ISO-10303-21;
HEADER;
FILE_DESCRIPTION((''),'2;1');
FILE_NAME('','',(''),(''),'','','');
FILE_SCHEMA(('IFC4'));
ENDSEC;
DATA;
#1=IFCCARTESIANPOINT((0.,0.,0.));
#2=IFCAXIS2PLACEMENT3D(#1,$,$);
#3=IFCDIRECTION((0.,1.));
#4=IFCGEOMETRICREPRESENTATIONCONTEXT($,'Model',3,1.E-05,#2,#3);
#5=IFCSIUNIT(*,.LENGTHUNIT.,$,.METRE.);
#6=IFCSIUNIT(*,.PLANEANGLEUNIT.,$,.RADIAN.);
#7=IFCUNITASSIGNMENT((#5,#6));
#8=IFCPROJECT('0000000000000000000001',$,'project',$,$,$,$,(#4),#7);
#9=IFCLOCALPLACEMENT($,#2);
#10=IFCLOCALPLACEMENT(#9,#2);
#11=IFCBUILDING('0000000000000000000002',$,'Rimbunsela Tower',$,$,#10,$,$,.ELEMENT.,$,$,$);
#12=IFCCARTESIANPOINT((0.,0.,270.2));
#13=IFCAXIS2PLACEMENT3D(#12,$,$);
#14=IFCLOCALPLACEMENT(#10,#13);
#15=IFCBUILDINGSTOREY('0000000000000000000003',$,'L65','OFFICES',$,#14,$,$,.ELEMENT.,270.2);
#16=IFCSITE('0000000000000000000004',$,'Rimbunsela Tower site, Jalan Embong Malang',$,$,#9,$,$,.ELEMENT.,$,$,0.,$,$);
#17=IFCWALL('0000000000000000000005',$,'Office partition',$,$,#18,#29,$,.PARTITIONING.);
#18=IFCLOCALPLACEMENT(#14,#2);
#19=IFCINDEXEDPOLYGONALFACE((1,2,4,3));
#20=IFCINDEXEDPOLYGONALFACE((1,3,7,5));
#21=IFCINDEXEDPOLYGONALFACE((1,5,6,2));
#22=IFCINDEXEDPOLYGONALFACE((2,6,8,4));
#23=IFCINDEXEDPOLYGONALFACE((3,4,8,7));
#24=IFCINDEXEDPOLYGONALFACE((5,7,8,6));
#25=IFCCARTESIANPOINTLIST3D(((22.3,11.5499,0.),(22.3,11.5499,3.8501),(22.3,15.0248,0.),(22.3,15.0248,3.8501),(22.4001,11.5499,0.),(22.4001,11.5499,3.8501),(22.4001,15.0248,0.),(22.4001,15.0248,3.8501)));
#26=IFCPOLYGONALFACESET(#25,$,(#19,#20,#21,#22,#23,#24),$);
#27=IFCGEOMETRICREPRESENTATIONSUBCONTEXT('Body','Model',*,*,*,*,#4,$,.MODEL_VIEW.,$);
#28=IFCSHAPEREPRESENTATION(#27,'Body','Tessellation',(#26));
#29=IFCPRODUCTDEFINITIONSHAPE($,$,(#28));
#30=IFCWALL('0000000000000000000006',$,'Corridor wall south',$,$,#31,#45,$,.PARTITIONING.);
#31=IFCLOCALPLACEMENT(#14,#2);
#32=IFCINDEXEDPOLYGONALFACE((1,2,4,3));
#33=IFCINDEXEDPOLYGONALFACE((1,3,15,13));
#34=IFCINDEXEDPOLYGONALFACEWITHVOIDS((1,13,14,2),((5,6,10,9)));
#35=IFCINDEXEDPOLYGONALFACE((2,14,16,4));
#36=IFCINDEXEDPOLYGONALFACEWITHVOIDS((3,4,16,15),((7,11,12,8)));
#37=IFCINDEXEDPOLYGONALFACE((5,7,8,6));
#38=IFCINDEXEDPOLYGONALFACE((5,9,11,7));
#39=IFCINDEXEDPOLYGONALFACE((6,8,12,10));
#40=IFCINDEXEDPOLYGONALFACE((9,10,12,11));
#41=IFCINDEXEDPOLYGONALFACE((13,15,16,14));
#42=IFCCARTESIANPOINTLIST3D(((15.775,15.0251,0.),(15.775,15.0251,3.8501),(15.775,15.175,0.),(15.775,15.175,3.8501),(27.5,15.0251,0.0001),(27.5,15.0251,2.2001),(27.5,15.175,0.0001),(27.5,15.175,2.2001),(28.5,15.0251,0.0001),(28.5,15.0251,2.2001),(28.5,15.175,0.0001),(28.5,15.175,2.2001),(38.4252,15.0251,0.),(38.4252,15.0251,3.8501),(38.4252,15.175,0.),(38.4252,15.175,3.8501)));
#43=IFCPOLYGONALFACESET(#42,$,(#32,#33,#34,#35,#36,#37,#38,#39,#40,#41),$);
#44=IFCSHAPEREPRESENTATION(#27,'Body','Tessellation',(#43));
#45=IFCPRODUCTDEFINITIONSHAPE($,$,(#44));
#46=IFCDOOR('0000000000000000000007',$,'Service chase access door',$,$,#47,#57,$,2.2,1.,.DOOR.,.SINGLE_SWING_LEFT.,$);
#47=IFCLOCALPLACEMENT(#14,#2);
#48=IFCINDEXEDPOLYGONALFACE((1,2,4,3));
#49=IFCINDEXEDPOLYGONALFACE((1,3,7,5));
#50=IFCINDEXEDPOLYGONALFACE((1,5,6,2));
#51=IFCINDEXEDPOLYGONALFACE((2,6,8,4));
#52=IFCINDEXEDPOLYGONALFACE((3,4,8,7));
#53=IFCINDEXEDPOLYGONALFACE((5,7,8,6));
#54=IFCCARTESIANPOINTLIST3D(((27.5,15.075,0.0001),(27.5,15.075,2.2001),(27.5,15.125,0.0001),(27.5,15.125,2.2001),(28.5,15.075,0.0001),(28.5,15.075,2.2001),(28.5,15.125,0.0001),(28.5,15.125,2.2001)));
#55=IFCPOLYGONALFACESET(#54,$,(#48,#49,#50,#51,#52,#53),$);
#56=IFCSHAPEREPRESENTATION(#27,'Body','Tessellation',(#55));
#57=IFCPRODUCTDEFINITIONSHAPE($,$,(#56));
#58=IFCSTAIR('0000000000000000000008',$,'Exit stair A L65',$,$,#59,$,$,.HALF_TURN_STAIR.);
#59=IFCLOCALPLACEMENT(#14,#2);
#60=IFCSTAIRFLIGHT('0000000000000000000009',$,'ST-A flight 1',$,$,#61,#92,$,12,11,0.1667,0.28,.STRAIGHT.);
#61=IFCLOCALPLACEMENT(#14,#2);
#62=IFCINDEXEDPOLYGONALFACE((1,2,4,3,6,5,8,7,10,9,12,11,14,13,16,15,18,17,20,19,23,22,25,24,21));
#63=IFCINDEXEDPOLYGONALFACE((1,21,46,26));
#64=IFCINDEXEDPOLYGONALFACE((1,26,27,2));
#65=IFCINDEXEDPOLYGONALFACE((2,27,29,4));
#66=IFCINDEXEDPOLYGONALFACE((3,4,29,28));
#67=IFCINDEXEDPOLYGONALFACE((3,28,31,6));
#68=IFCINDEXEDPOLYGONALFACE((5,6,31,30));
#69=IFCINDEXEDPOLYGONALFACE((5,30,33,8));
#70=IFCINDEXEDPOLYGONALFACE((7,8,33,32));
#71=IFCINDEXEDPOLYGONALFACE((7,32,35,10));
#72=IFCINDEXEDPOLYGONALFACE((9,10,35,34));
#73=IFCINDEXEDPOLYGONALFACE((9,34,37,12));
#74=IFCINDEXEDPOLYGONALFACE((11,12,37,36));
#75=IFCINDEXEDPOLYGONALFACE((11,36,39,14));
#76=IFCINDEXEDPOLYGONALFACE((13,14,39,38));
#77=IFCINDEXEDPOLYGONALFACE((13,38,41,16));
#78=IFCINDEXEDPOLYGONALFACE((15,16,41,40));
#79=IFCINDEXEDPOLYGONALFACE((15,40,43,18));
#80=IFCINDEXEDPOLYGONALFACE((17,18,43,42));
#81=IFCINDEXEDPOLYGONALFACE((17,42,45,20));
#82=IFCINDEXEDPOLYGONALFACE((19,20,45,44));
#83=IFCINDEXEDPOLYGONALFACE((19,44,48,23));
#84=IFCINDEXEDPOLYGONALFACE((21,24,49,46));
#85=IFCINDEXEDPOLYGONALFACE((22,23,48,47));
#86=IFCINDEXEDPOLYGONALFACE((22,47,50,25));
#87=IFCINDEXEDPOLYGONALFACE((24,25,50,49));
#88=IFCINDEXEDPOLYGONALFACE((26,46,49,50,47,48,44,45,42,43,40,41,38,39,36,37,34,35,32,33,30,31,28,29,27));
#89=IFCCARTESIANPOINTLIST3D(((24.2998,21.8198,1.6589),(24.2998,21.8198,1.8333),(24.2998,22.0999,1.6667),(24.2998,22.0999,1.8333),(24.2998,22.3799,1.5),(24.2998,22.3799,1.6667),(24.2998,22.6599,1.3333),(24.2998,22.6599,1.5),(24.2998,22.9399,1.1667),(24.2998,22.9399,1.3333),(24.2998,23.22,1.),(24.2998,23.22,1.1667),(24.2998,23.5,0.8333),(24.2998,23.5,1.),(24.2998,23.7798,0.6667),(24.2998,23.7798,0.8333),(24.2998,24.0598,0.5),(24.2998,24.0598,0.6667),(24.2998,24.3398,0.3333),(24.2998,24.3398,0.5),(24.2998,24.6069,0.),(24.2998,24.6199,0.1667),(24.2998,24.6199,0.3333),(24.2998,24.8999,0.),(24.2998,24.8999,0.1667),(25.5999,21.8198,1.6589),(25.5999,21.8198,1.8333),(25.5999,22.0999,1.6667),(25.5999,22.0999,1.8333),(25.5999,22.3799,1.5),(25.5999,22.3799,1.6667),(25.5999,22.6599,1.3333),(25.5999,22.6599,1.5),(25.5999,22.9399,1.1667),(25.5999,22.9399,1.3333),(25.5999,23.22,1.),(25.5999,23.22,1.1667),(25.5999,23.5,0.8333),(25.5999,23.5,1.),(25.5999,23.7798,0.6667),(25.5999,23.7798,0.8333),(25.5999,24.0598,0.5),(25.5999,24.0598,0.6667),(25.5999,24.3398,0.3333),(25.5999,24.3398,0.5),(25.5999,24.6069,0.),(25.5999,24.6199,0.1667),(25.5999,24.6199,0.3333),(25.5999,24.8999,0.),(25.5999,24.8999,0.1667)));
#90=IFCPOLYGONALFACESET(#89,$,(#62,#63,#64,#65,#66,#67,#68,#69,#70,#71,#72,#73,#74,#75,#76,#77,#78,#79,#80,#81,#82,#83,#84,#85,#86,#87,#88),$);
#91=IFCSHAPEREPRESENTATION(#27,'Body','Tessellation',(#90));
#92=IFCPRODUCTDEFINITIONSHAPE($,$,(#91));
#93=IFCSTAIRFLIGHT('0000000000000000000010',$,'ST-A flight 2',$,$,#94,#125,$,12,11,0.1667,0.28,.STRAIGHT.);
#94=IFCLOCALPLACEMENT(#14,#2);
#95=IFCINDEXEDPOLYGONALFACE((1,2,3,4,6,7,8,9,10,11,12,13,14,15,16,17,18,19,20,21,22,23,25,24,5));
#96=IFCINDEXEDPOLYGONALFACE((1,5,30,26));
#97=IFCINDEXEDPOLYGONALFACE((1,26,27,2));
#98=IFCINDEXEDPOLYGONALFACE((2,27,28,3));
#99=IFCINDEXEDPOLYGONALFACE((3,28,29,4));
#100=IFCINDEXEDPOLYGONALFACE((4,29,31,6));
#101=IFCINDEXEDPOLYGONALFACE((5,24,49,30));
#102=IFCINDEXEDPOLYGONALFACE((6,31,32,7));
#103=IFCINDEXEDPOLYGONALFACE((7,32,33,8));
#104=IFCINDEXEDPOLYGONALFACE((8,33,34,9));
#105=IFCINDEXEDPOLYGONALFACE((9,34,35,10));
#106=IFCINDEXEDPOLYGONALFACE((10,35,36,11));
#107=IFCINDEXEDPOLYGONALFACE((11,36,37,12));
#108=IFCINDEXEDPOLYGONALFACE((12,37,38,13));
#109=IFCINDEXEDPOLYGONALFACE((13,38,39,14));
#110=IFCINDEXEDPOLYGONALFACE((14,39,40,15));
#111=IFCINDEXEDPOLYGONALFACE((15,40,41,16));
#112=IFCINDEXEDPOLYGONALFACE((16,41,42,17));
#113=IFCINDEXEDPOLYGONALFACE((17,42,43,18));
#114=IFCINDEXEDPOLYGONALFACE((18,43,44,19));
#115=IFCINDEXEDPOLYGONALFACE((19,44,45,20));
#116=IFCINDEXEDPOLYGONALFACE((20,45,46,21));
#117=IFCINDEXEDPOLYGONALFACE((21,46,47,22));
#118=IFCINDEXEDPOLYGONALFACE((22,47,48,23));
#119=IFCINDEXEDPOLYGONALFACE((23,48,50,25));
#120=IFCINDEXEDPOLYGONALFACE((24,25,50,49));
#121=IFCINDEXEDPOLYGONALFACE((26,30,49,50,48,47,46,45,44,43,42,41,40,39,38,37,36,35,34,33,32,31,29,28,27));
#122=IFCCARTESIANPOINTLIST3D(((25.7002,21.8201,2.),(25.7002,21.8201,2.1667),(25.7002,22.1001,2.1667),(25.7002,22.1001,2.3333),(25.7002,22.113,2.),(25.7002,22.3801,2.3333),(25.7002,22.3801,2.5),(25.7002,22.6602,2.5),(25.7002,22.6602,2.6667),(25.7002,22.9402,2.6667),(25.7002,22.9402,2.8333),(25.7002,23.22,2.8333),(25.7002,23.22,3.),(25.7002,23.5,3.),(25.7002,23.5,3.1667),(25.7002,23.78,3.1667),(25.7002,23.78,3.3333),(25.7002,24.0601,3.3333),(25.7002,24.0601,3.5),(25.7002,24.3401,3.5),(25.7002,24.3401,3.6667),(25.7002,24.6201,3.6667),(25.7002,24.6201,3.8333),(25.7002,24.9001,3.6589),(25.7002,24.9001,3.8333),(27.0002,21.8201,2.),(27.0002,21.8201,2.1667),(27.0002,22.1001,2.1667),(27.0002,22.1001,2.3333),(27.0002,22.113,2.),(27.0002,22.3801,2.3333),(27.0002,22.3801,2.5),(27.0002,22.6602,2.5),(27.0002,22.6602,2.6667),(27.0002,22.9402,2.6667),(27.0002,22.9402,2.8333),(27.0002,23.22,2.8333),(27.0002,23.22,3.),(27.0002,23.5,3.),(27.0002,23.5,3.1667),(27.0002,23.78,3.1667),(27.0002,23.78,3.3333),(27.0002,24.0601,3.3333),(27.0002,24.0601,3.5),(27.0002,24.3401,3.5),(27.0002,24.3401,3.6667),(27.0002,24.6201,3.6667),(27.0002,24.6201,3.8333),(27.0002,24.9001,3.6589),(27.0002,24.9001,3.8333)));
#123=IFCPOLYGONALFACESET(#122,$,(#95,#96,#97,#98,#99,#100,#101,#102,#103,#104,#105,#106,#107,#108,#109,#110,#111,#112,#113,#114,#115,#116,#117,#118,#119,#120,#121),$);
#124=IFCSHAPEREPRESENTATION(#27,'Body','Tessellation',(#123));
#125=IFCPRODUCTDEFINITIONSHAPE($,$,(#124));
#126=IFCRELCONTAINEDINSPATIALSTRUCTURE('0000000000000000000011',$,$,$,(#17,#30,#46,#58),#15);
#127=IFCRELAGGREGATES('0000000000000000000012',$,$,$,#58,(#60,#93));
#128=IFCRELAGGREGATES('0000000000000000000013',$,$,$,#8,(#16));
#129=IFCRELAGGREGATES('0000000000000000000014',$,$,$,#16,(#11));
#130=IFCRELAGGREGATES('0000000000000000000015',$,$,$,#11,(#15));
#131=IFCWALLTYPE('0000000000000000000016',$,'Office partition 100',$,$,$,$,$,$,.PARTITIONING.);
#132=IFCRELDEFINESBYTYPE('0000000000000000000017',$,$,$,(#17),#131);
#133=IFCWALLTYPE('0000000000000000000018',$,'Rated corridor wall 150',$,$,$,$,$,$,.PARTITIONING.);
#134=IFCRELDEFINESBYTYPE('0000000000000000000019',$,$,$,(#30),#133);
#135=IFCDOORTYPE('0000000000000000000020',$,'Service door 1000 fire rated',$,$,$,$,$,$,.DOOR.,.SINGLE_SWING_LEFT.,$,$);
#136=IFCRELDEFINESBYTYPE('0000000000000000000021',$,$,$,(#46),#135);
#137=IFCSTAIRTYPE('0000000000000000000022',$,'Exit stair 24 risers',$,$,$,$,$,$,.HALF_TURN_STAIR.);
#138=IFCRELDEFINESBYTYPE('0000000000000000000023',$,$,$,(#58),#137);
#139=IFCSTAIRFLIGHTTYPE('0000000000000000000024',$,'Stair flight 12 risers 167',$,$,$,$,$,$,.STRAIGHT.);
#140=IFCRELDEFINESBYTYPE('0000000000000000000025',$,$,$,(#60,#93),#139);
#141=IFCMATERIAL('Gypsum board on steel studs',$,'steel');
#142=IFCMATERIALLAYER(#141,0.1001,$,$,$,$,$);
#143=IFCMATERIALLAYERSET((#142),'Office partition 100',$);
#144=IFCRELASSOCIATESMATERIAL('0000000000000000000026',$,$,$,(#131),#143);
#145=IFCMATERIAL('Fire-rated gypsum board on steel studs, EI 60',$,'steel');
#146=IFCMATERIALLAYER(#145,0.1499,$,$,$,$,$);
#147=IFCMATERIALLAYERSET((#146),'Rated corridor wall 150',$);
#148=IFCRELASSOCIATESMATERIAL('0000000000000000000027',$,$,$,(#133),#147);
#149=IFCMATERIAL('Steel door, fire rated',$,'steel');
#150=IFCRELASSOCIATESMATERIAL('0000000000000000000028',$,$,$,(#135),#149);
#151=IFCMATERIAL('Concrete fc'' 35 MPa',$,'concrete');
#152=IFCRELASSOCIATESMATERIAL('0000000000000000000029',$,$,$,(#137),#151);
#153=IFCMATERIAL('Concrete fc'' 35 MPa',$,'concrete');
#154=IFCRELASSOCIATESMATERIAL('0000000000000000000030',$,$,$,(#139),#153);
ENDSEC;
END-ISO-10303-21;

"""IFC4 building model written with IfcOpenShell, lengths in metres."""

from ifc_helpers import new_model, si_unit, direction, frame, frame_2d, origin, place, context, subcontext, project, spatial, polyline, rectangle, outline, extrude, material, layer, layer_set, type_object, element, fill, aggregate, save


model = new_model("IFC4")

# Units and contexts
model_context = context("Model", 3, precision=1e-05, world=origin(), true_north=direction((0.0, 1.0)))
body_context = subcontext(model_context, "Body", "Model", "MODEL_VIEW")
ifc_project = project(units=[si_unit("LENGTHUNIT", "METRE"), si_unit("PLANEANGLEUNIT", "RADIAN")], contexts=[model_context])

# Site, building, storey
site_placement = place(None, origin())
site = spatial("IfcSite", under=ifc_project, at=site_placement, Name="Rimbunsela Tower site, Jalan Embong Malang", CompositionType="ELEMENT", RefElevation=0.0)
building_placement = place(site_placement, origin())
building = spatial("IfcBuilding", under=site, at=building_placement, Name="Rimbunsela Tower", CompositionType="ELEMENT")
storey_placement = place(building_placement, frame((0.0, 0.0, 270.2)))
storey = spatial("IfcBuildingStorey", under=building, at=storey_placement, Name="L65", Description="OFFICES", CompositionType="ELEMENT", Elevation=270.2)

# Wall
ifc_material_1 = material(Name="Gypsum board on steel studs", Category="steel")
ifc_layer_1 = layer(ifc_material_1, 0.1001)
ifc_layer_set_1 = layer_set([ifc_layer_1], Name="Office partition 100")
wall_type_1 = type_object("IfcWallType", Name="Office partition 100", PredefinedType="PARTITIONING", material=ifc_layer_set_1)
for number, where, z_axis, x_axis, name in (
    (1, (22.3501, 11.55, 0.0), (0.0, 0.0, 1.0), (0.0, 1.0, 0.0), "Office partition"),
):
    element("IfcWall", number, at=place(storey_placement, frame(where, z_axis=z_axis, x_axis=x_axis)), inside=storey, type_object=wall_type_1, Name=name, PredefinedType="PARTITIONING", context=body_context, shape_type="SweptSolid", body=[
        extrude(rectangle(XDim=3.4749, YDim=0.1001, at=frame_2d((1.7373, 0.0))), origin(), (0.0, 0.0, 1.0), 3.8501),
    ])

# Wall, opening, door
ifc_material_2 = material(Name="Fire-rated gypsum board on steel studs, EI 60", Category="steel")
ifc_layer_2 = layer(ifc_material_2, 0.1499)
ifc_layer_set_2 = layer_set([ifc_layer_2], Name="Rated corridor wall 150")
wall_type_2 = type_object("IfcWallType", Name="Rated corridor wall 150", PredefinedType="PARTITIONING", material=ifc_layer_set_2)
wall_1_placement = place(storey_placement, frame((15.7749, 15.1001, 0.0), z_axis=(0.0, 0.0, 1.0), x_axis=(1.0, 0.0, 0.0)))
wall_1 = element("IfcWall", 2, at=wall_1_placement, inside=storey, type_object=wall_type_2, Name="Corridor wall south", PredefinedType="PARTITIONING", context=body_context, shape_type="SweptSolid", body=[
    extrude(rectangle(XDim=22.6501, YDim=0.1499, at=frame_2d((11.3252, 0.0))), origin(), (0.0, 0.0, 1.0), 3.8501),
])
opening_1_placement = place(wall_1_placement, frame((11.7251, 0.0, 0.0)))
opening_1 = element("IfcOpeningElement", 3, at=opening_1_placement, cuts=wall_1, PredefinedType="OPENING", context=body_context, shape_type="SweptSolid", body=[
    extrude(rectangle(XDim=1.0, YDim=2.2, at=frame_2d((0.5, 1.1001))), frame((0.0, 0.085, 0.0), z_axis=(0.0, -1.0, 0.0), x_axis=(1.0, 0.0, 0.0)), (0.0, 0.0, 1.0), 0.1699),
])
ifc_material_3 = material(Name="Steel door, fire rated", Category="steel")
door_type_1 = type_object("IfcDoorType", Name="Service door 1000 fire rated", OperationType="SINGLE_SWING_LEFT", PredefinedType="DOOR", material=ifc_material_3)
door_1_placement = place(opening_1_placement, origin())
door_1 = element("IfcDoor", 4, at=door_1_placement, inside=storey, type_object=door_type_1, Name="Service chase access door", OperationType="SINGLE_SWING_LEFT", OverallHeight=2.2, OverallWidth=1.0, PredefinedType="DOOR", context=body_context, shape_type="SweptSolid", body=[
    extrude(rectangle(XDim=1.0, YDim=2.2, at=frame_2d((0.5, 1.1001))), frame((0.0, 0.0249, 0.0), z_axis=(0.0, -1.0, 0.0), x_axis=(1.0, 0.0, 0.0)), (0.0, 0.0, 1.0), 0.05),
])
fill(opening_1, door_1)

# Stair, stair flights
ifc_material_4 = material(Name="Concrete fc' 35 MPa", Category="concrete")
stair_type = type_object("IfcStairType", Name="Exit stair 24 risers", PredefinedType="HALF_TURN_STAIR", material=ifc_material_4)
stair_placement = place(storey_placement, origin())
stair = element("IfcStair", 5, at=stair_placement, inside=storey, type_object=stair_type, Name="Exit stair A L65", PredefinedType="HALF_TURN_STAIR")
ifc_material_5 = material(Name="Concrete fc' 35 MPa", Category="concrete")
stair_flight_type = type_object("IfcStairFlightType", Name="Stair flight 12 risers 167", PredefinedType="STRAIGHT", material=ifc_material_5)
stair_flight_1_placement = place(storey_placement, frame((24.95, 24.8999, 0.0), z_axis=(0.0, 0.0, 1.0), x_axis=(0.0, -1.0, 0.0)))
stair_flight_1 = element("IfcStairFlight", 6, at=stair_flight_1_placement, type_object=stair_flight_type, Name="ST-A flight 1", NumberOfRisers=12, NumberOfTreads=11, PredefinedType="STRAIGHT", RiserHeight=0.1667, TreadLength=0.28, context=body_context, shape_type="SweptSolid", body=[
    extrude(outline(polyline([(0.0, 0.0), (0.0, 0.1667), (0.28, 0.1667), (0.28, 0.3333), (0.5601, 0.3333), (0.5601, 0.5), (0.8401, 0.5), (0.8401, 0.6667), (1.1201, 0.6667), (1.1201, 0.8333), (1.3999, 0.8333), (1.3999, 1.0), (1.6799, 1.0), (1.6799, 1.1667), (1.96, 1.1667), (1.96, 1.3333), (2.24, 1.3333), (2.24, 1.5), (2.52, 1.5), (2.52, 1.6667), (2.8, 1.6667), (2.8, 1.8333), (3.0801, 1.8333), (3.0801, 2.0), (3.0801, 1.6589), (0.293, 0.0), (0.0, 0.0)])), frame((0.0, 0.6499, 0.0), z_axis=(0.0, -1.0, 0.0), x_axis=(1.0, 0.0, 0.0)), (0.0, 0.0, 1.0), 1.3),
])
stair_flight_2_placement = place(storey_placement, frame((26.3501, 21.8201, 2.0), z_axis=(0.0, 0.0, 1.0), x_axis=(0.0, 1.0, 0.0)))
stair_flight_2 = element("IfcStairFlight", 7, at=stair_flight_2_placement, type_object=stair_flight_type, Name="ST-A flight 2", NumberOfRisers=12, NumberOfTreads=11, PredefinedType="STRAIGHT", RiserHeight=0.1667, TreadLength=0.28, context=body_context, shape_type="SweptSolid", body=[
    extrude(outline(polyline([(0.0, 0.0), (0.0, 0.1667), (0.28, 0.1667), (0.28, 0.3333), (0.5601, 0.3333), (0.5601, 0.5), (0.8401, 0.5), (0.8401, 0.6667), (1.1201, 0.6667), (1.1201, 0.8333), (1.3999, 0.8333), (1.3999, 1.0), (1.6799, 1.0), (1.6799, 1.1667), (1.96, 1.1667), (1.96, 1.3333), (2.24, 1.3333), (2.24, 1.5), (2.52, 1.5), (2.52, 1.6667), (2.8, 1.6667), (2.8, 1.8333), (3.0801, 1.8333), (3.0801, 2.0), (3.0801, 1.6589), (0.293, 0.0), (0.0, 0.0)])), frame((0.0, 0.6499, 0.0), z_axis=(0.0, -1.0, 0.0), x_axis=(1.0, 0.0, 0.0)), (0.0, 0.0, 1.0), 1.3),
])
aggregate(stair, [stair_flight_1, stair_flight_2])

save(model, "model.ifc")
